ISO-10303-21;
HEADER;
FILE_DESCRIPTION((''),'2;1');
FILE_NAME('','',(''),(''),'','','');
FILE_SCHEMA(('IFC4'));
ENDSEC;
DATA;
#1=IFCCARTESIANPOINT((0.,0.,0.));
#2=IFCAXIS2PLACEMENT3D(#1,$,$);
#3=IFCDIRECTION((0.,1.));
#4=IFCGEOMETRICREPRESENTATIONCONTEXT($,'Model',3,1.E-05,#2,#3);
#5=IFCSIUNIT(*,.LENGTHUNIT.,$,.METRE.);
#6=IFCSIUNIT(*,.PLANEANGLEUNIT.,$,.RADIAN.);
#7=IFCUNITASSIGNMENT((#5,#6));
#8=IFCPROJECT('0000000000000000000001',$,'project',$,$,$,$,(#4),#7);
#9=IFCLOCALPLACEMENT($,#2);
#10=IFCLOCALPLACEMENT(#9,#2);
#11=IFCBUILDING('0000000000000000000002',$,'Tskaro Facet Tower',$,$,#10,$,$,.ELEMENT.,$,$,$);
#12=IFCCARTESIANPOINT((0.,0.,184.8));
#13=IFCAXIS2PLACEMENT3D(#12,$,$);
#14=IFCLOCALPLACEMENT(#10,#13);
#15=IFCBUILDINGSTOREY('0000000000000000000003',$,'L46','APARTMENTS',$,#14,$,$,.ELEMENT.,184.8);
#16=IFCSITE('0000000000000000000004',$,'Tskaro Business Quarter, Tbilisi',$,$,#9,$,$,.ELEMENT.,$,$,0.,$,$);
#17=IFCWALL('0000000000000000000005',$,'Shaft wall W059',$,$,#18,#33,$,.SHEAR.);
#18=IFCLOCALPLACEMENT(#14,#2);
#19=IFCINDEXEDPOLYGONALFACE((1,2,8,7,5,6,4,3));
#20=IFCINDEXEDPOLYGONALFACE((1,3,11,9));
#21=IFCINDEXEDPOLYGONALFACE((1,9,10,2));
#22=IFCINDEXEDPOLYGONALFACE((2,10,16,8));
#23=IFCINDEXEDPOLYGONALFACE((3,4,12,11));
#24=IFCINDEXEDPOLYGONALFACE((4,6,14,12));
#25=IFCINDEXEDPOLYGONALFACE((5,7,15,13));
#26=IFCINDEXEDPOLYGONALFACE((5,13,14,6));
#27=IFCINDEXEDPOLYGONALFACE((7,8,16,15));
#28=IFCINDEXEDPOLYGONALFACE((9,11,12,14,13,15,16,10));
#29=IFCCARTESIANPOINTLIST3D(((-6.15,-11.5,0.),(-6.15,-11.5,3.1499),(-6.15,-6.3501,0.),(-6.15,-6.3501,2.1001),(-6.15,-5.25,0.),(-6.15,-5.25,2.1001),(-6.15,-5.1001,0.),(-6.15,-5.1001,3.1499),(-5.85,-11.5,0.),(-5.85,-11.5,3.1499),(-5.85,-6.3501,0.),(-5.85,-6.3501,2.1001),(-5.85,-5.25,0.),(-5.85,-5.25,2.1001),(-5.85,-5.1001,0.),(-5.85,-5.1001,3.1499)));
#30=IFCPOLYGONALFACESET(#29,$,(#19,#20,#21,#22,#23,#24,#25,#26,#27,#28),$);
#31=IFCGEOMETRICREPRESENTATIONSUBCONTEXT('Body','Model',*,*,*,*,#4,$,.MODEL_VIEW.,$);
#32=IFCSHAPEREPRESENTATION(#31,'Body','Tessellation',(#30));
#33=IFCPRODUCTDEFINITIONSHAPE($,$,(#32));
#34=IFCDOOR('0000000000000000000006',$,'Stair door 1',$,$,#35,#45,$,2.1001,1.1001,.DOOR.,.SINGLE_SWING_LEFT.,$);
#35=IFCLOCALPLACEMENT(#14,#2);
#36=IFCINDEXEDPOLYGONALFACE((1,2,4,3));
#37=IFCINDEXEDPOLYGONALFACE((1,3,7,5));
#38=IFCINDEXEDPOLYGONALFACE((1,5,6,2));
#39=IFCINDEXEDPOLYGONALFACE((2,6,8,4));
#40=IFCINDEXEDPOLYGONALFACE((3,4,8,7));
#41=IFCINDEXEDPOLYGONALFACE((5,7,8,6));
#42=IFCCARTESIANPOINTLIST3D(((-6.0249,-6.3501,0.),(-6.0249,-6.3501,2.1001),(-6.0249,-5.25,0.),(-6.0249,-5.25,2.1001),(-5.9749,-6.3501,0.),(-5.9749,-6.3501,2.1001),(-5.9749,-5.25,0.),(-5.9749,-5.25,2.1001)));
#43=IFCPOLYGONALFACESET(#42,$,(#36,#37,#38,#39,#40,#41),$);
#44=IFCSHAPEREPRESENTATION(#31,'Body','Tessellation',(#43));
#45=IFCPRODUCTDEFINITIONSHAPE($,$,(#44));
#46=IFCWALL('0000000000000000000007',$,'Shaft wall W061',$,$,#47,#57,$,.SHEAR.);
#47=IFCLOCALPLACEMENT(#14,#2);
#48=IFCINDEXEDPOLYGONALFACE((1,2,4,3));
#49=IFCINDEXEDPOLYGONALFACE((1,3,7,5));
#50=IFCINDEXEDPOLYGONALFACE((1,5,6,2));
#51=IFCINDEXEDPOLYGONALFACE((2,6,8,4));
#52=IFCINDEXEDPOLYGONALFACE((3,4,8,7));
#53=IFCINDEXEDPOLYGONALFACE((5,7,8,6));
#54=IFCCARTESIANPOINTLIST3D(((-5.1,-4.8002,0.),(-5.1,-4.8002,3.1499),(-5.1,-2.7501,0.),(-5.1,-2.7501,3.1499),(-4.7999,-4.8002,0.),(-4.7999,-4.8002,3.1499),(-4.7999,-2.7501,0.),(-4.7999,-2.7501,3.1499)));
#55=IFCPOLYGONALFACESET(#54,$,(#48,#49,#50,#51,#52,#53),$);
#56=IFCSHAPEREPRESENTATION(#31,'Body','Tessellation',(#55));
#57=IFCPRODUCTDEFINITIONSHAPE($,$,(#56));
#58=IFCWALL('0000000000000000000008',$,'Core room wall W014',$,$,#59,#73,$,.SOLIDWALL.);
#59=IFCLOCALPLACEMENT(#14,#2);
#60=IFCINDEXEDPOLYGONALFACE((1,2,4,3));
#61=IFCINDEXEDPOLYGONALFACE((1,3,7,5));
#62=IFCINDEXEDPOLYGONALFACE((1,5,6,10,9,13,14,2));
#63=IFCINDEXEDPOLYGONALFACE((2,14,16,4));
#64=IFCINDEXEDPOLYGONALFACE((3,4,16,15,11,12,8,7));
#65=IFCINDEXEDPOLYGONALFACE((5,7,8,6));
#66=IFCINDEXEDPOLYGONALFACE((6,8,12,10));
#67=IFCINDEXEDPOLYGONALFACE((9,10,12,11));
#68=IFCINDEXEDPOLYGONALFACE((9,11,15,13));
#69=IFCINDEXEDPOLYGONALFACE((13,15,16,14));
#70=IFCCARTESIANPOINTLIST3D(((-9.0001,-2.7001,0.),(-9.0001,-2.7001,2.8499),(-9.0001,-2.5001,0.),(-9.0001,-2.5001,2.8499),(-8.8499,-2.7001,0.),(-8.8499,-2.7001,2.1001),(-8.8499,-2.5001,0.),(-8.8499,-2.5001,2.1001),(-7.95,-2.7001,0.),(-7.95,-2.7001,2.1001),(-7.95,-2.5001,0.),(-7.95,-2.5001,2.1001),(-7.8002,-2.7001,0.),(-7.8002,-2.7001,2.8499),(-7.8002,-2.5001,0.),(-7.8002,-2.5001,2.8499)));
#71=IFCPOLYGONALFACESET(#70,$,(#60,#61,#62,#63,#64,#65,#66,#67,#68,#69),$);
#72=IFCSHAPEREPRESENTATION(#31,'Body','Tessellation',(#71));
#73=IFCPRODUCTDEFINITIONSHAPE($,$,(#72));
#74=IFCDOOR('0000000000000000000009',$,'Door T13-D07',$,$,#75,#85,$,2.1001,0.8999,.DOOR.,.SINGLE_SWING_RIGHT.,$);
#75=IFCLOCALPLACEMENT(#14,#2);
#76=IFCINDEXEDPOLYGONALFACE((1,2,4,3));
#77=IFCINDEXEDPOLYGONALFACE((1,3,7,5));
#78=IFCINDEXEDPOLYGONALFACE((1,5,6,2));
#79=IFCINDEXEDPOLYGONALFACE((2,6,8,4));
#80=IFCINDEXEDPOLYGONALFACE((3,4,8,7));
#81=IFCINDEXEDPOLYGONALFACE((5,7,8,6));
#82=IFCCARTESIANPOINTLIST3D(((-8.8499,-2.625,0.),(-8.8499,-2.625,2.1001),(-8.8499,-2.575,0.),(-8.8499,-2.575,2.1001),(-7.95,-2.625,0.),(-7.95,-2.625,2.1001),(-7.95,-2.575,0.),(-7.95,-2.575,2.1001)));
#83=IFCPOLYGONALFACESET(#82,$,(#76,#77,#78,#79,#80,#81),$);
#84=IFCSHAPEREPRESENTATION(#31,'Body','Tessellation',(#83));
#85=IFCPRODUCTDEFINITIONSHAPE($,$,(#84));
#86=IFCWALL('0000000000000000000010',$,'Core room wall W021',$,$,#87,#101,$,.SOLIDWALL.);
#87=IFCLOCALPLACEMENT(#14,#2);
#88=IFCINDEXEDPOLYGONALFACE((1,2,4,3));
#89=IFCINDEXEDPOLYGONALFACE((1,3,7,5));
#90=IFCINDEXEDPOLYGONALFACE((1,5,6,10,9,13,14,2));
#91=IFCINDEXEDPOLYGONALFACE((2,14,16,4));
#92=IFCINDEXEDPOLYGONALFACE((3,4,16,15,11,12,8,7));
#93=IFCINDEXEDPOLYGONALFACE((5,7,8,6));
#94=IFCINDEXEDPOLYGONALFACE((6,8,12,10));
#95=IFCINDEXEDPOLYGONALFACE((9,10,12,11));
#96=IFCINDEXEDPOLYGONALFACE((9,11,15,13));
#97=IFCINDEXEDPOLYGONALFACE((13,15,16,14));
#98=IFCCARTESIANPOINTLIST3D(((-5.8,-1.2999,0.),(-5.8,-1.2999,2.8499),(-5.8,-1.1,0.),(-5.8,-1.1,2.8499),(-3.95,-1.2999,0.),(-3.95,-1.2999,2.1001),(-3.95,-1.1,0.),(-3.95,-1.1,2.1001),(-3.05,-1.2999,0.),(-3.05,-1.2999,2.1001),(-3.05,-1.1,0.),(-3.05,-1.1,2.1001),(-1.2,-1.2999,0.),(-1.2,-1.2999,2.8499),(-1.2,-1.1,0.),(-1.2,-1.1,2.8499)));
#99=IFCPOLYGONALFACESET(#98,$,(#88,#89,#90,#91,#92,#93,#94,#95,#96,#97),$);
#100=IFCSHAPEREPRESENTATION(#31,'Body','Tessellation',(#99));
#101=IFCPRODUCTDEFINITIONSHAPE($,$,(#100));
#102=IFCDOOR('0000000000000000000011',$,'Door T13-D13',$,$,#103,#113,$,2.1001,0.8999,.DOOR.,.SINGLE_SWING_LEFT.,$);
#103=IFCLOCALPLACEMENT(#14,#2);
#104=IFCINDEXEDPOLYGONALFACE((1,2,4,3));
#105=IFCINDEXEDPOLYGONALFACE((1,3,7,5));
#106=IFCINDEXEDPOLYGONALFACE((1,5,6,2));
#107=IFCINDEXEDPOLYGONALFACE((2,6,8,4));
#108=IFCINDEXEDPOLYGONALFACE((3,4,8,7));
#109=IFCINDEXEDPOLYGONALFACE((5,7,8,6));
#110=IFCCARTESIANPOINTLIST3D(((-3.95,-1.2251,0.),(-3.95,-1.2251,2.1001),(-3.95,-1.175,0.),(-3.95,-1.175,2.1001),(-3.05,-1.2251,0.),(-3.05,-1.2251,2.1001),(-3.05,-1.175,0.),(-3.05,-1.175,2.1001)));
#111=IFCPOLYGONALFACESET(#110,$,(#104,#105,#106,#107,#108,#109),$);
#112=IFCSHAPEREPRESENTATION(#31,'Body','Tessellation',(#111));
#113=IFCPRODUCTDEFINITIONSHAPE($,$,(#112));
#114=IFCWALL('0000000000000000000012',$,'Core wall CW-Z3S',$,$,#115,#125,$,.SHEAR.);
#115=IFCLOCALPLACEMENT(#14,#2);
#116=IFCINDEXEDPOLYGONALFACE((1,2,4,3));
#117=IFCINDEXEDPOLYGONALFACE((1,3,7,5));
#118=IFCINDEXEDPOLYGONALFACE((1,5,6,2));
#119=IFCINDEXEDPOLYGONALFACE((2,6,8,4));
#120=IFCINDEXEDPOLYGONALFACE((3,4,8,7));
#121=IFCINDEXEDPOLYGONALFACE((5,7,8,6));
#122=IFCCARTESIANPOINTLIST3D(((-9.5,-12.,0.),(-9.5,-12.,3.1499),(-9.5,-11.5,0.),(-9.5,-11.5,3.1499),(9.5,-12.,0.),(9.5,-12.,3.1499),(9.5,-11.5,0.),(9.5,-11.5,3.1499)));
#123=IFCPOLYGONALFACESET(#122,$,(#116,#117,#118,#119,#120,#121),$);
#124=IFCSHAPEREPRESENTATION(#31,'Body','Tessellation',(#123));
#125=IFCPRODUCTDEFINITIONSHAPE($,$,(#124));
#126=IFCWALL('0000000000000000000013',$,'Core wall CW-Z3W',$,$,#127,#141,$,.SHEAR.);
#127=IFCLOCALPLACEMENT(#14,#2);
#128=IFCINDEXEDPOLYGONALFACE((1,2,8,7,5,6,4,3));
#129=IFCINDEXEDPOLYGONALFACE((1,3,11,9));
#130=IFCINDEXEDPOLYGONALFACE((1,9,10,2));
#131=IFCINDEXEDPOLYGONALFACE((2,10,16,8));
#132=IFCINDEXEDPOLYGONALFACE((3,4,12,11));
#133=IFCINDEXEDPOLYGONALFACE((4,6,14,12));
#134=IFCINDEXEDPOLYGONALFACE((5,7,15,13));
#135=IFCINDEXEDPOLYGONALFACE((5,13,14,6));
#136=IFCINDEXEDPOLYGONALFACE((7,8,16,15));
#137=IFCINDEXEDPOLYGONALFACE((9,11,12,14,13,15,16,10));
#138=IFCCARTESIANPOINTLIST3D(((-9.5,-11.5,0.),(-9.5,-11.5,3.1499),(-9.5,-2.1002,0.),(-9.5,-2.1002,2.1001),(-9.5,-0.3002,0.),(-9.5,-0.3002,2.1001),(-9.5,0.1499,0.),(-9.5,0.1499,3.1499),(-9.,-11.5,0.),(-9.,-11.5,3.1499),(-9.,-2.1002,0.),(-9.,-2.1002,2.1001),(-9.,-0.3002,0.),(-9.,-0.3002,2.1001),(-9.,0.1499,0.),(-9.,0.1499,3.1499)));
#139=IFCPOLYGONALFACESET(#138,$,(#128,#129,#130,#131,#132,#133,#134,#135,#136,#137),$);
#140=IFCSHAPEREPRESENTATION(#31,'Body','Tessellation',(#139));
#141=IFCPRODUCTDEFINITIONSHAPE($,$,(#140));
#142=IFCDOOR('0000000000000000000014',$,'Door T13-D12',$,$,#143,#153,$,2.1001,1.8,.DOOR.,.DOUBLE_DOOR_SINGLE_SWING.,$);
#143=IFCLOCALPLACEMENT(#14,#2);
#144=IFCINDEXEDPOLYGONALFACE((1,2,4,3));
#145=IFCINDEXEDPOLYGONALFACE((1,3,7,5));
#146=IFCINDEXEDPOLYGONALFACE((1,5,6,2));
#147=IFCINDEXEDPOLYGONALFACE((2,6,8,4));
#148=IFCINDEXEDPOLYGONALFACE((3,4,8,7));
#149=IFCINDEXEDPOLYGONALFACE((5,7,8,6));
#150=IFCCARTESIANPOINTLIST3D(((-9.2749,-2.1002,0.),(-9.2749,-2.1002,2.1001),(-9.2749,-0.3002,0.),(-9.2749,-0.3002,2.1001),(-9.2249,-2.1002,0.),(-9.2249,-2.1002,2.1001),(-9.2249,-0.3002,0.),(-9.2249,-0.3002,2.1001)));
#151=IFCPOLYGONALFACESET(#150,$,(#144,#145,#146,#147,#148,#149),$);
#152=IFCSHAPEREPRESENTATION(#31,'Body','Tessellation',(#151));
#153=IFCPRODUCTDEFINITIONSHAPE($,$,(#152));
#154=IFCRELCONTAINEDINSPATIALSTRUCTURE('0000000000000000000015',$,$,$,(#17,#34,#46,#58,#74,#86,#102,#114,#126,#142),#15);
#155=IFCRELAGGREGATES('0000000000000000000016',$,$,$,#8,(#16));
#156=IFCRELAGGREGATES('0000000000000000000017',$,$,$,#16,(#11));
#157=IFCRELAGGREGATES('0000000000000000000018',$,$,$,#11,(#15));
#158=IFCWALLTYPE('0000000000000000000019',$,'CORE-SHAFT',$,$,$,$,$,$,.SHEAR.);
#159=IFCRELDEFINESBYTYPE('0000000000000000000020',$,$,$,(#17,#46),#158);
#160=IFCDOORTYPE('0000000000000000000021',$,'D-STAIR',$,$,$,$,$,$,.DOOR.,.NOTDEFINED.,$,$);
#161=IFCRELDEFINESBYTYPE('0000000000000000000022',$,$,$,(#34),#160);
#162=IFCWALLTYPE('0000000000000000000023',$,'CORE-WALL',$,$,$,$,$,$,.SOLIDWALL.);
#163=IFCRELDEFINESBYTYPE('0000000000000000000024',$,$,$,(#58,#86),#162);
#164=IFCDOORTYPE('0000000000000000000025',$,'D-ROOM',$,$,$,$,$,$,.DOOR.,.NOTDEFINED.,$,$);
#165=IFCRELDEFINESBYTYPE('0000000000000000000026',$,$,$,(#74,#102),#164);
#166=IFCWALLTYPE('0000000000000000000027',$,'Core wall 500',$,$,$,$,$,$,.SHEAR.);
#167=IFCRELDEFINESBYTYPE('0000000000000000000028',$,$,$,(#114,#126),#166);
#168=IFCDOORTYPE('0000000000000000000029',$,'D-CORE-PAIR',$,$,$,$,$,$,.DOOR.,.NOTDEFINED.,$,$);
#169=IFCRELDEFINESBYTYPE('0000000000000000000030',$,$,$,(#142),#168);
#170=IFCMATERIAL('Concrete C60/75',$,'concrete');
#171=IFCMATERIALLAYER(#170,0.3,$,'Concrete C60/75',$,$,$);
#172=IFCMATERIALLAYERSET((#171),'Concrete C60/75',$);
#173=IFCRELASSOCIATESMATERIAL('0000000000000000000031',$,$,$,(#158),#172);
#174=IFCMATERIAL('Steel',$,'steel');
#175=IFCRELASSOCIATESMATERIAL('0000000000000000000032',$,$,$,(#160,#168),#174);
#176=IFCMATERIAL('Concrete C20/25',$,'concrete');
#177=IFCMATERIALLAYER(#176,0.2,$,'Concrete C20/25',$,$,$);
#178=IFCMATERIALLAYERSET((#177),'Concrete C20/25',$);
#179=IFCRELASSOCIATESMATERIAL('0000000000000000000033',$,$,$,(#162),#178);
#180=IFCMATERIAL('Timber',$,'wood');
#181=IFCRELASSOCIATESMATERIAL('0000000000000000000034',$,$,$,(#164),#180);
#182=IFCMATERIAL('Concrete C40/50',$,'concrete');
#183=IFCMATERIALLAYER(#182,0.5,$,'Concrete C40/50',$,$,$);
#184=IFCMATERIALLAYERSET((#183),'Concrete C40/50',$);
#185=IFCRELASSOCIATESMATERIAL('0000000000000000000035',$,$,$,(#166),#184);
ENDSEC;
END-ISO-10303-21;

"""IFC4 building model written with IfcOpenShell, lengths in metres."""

from ifc_helpers import new_model, si_unit, direction, frame, frame_2d, origin, place, context, subcontext, project, spatial, rectangle, extrude, material, layer, layer_set, type_object, element, fill, save


model = new_model("IFC4")

# Units and contexts
model_context = context("Model", 3, precision=1e-05, world=origin(), true_north=direction((0.0, 1.0)))
body_context = subcontext(model_context, "Body", "Model", "MODEL_VIEW")
ifc_project = project(units=[si_unit("LENGTHUNIT", "METRE"), si_unit("PLANEANGLEUNIT", "RADIAN")], contexts=[model_context])

# Site, building, storey
site_placement = place(None, origin())
site = spatial("IfcSite", under=ifc_project, at=site_placement, Name="Tskaro Business Quarter, Tbilisi", CompositionType="ELEMENT", RefElevation=0.0)
building_placement = place(site_placement, origin())
building = spatial("IfcBuilding", under=site, at=building_placement, Name="Tskaro Facet Tower", CompositionType="ELEMENT")
storey_placement = place(building_placement, frame((0.0, 0.0, 184.8)))
storey = spatial("IfcBuildingStorey", under=building, at=storey_placement, Name="L46", Description="APARTMENTS", CompositionType="ELEMENT", Elevation=184.8)

# Shared definitions
ifc_material_1 = material(Name="Concrete C60/75", Category="concrete")
ifc_layer_1 = layer(ifc_material_1, 0.3, Name="Concrete C60/75")
ifc_layer_set_1 = layer_set([ifc_layer_1], Name="Concrete C60/75")
wall_type_1 = type_object("IfcWallType", Name="CORE-SHAFT", PredefinedType="SHEAR", material=ifc_layer_set_1)

# Wall, opening, door
wall_1_placement = place(storey_placement, frame((-6.0, -11.5, 0.0), z_axis=(0.0, 0.0, 1.0), x_axis=(0.0, 1.0, 0.0)))
wall_1 = element("IfcWall", 1, at=wall_1_placement, inside=storey, type_object=wall_type_1, Name="Shaft wall W059", PredefinedType="SHEAR", context=body_context, shape_type="SweptSolid", body=[
    extrude(rectangle(XDim=6.3999, YDim=0.3, at=frame_2d((3.2, 0.0))), origin(), (0.0, 0.0, 1.0), 3.1499),
])
opening_1_placement = place(wall_1_placement, frame((5.1499, 0.0, 0.0)))
opening_1 = element("IfcOpeningElement", 2, at=opening_1_placement, cuts=wall_1, PredefinedType="OPENING", context=body_context, shape_type="SweptSolid", body=[
    extrude(rectangle(XDim=1.1001, YDim=2.1001, at=frame_2d((0.55, 1.05))), frame((0.0, 0.1599, 0.0), z_axis=(0.0, -1.0, 0.0), x_axis=(1.0, 0.0, 0.0)), (0.0, 0.0, 1.0), 0.3201),
])
ifc_material_2 = material(Name="Steel", Category="steel")
door_type_1 = type_object("IfcDoorType", Name="D-STAIR", OperationType="NOTDEFINED", PredefinedType="DOOR", material=ifc_material_2)
door_1_placement = place(opening_1_placement, origin())
door_1 = element("IfcDoor", 3, at=door_1_placement, inside=storey, type_object=door_type_1, Name="Stair door 1", OperationType="SINGLE_SWING_LEFT", OverallHeight=2.1001, OverallWidth=1.1001, PredefinedType="DOOR", context=body_context, shape_type="SweptSolid", body=[
    extrude(rectangle(XDim=1.1001, YDim=2.1001, at=frame_2d((0.55, 1.05))), frame((0.0, 0.0249, 0.0), z_axis=(0.0, -1.0, 0.0), x_axis=(1.0, 0.0, 0.0)), (0.0, 0.0, 1.0), 0.05),
])
fill(opening_1, door_1)

# Wall
wall_2_placement = place(storey_placement, frame((-4.95, -4.8, 0.0), z_axis=(0.0, 0.0, 1.0), x_axis=(0.0, 1.0, 0.0)))
element("IfcWall", 4, at=wall_2_placement, inside=storey, type_object=wall_type_1, Name="Shaft wall W061", PredefinedType="SHEAR", context=body_context, shape_type="SweptSolid", body=[
    extrude(rectangle(XDim=2.05, YDim=0.3, at=frame_2d((1.0249, 0.0))), origin(), (0.0, 0.0, 1.0), 3.1499),
])

# Walls, openings, doors
ifc_material_3 = material(Name="Concrete C20/25", Category="concrete")
ifc_layer_2 = layer(ifc_material_3, 0.2, Name="Concrete C20/25")
ifc_layer_set_2 = layer_set([ifc_layer_2], Name="Concrete C20/25")
wall_type_2 = type_object("IfcWallType", Name="CORE-WALL", PredefinedType="SOLIDWALL", material=ifc_layer_set_2)
wall_3_placement = place(storey_placement, frame((-7.8, -2.6001, 0.0), z_axis=(0.0, 0.0, 1.0), x_axis=(-1.0, 0.0, 0.0)))
wall_3 = element("IfcWall", 5, at=wall_3_placement, inside=storey, type_object=wall_type_2, Name="Core room wall W014", PredefinedType="SOLIDWALL", context=body_context, shape_type="SweptSolid", body=[
    extrude(rectangle(XDim=1.2, YDim=0.2, at=frame_2d((0.6001, 0.0))), origin(), (0.0, 0.0, 1.0), 2.8499),
])
opening_2_placement = place(wall_3_placement, frame((0.1499, 0.0, 0.0)))
opening_2 = element("IfcOpeningElement", 6, at=opening_2_placement, cuts=wall_3, PredefinedType="OPENING", context=body_context, shape_type="SweptSolid", body=[
    extrude(rectangle(XDim=0.8999, YDim=2.1001, at=frame_2d((0.45, 1.05))), frame((0.0, 0.1099, 0.0), z_axis=(0.0, -1.0, 0.0), x_axis=(1.0, 0.0, 0.0)), (0.0, 0.0, 1.0), 0.22),
])
ifc_material_4 = material(Name="Timber", Category="wood")
door_type_2 = type_object("IfcDoorType", Name="D-ROOM", OperationType="NOTDEFINED", PredefinedType="DOOR", material=ifc_material_4)
door_2_placement = place(opening_2_placement, origin())
door_2 = element("IfcDoor", 7, at=door_2_placement, inside=storey, type_object=door_type_2, Name="Door T13-D07", OperationType="SINGLE_SWING_RIGHT", OverallHeight=2.1001, OverallWidth=0.8999, PredefinedType="DOOR", context=body_context, shape_type="SweptSolid", body=[
    extrude(rectangle(XDim=0.8999, YDim=2.1001, at=frame_2d((0.45, 1.05))), frame((0.0, 0.0249, 0.0), z_axis=(0.0, -1.0, 0.0), x_axis=(1.0, 0.0, 0.0)), (0.0, 0.0, 1.0), 0.05),
])
fill(opening_2, door_2)
wall_4_placement = place(storey_placement, frame((-5.8, -1.2, 0.0), z_axis=(0.0, 0.0, 1.0), x_axis=(1.0, 0.0, 0.0)))
wall_4 = element("IfcWall", 8, at=wall_4_placement, inside=storey, type_object=wall_type_2, Name="Core room wall W021", PredefinedType="SOLIDWALL", context=body_context, shape_type="SweptSolid", body=[
    extrude(rectangle(XDim=4.6001, YDim=0.2, at=frame_2d((2.3, 0.0))), origin(), (0.0, 0.0, 1.0), 2.8499),
])
opening_3_placement = place(wall_4_placement, frame((1.8501, 0.0, 0.0)))
opening_3 = element("IfcOpeningElement", 9, at=opening_3_placement, cuts=wall_4, PredefinedType="OPENING", context=body_context, shape_type="SweptSolid", body=[
    extrude(rectangle(XDim=0.8999, YDim=2.1001, at=frame_2d((0.45, 1.05))), frame((0.0, 0.1099, 0.0), z_axis=(0.0, -1.0, 0.0), x_axis=(1.0, 0.0, 0.0)), (0.0, 0.0, 1.0), 0.22),
])
door_3_placement = place(opening_3_placement, origin())
door_3 = element("IfcDoor", 10, at=door_3_placement, inside=storey, type_object=door_type_2, Name="Door T13-D13", OperationType="SINGLE_SWING_LEFT", OverallHeight=2.1001, OverallWidth=0.8999, PredefinedType="DOOR", context=body_context, shape_type="SweptSolid", body=[
    extrude(rectangle(XDim=0.8999, YDim=2.1001, at=frame_2d((0.45, 1.05))), frame((0.0, 0.0249, 0.0), z_axis=(0.0, -1.0, 0.0), x_axis=(1.0, 0.0, 0.0)), (0.0, 0.0, 1.0), 0.05),
])
fill(opening_3, door_3)

# Wall
ifc_material_5 = material(Name="Concrete C40/50", Category="concrete")
ifc_layer_3 = layer(ifc_material_5, 0.5, Name="Concrete C40/50")
ifc_layer_set_3 = layer_set([ifc_layer_3], Name="Concrete C40/50")
wall_type_3 = type_object("IfcWallType", Name="Core wall 500", PredefinedType="SHEAR", material=ifc_layer_set_3)
wall_5_placement = place(storey_placement, frame((-9.5, -11.75, 0.0), z_axis=(0.0, 0.0, 1.0), x_axis=(1.0, 0.0, 0.0)))
element("IfcWall", 11, at=wall_5_placement, inside=storey, type_object=wall_type_3, Name="Core wall CW-Z3S", PredefinedType="SHEAR", context=body_context, shape_type="SweptSolid", body=[
    extrude(rectangle(XDim=19.0, YDim=0.5, at=frame_2d((9.5, 0.0))), origin(), (0.0, 0.0, 1.0), 3.1499),
])

# Wall, opening, door
wall_6_placement = place(storey_placement, frame((-9.25, -11.5, 0.0), z_axis=(0.0, 0.0, 1.0), x_axis=(0.0, 1.0, 0.0)))
wall_6 = element("IfcWall", 12, at=wall_6_placement, inside=storey, type_object=wall_type_3, Name="Core wall CW-Z3W", PredefinedType="SHEAR", context=body_context, shape_type="SweptSolid", body=[
    extrude(rectangle(XDim=11.6499, YDim=0.5, at=frame_2d((5.825, 0.0))), origin(), (0.0, 0.0, 1.0), 3.1499),
])
opening_4_placement = place(wall_6_placement, frame((9.3999, 0.0, 0.0)))
opening_4 = element("IfcOpeningElement", 13, at=opening_4_placement, cuts=wall_6, PredefinedType="OPENING", context=body_context, shape_type="SweptSolid", body=[
    extrude(rectangle(XDim=1.8, YDim=2.1001, at=frame_2d((0.8999, 1.05))), frame((0.0, 0.26, 0.0), z_axis=(0.0, -1.0, 0.0), x_axis=(1.0, 0.0, 0.0)), (0.0, 0.0, 1.0), 0.52),
])
door_type_3 = type_object("IfcDoorType", Name="D-CORE-PAIR", OperationType="NOTDEFINED", PredefinedType="DOOR", material=ifc_material_2)
door_4_placement = place(opening_4_placement, origin())
door_4 = element("IfcDoor", 14, at=door_4_placement, inside=storey, type_object=door_type_3, Name="Door T13-D12", OperationType="DOUBLE_DOOR_SINGLE_SWING", OverallHeight=2.1001, OverallWidth=1.8, PredefinedType="DOOR", context=body_context, shape_type="SweptSolid", body=[
    extrude(rectangle(XDim=1.8, YDim=2.1001, at=frame_2d((0.8999, 1.05))), frame((0.0, 0.0249, 0.0), z_axis=(0.0, -1.0, 0.0), x_axis=(1.0, 0.0, 0.0)), (0.0, 0.0, 1.0), 0.05),
])
fill(opening_4, door_4)

save(model, "model.ifc")
